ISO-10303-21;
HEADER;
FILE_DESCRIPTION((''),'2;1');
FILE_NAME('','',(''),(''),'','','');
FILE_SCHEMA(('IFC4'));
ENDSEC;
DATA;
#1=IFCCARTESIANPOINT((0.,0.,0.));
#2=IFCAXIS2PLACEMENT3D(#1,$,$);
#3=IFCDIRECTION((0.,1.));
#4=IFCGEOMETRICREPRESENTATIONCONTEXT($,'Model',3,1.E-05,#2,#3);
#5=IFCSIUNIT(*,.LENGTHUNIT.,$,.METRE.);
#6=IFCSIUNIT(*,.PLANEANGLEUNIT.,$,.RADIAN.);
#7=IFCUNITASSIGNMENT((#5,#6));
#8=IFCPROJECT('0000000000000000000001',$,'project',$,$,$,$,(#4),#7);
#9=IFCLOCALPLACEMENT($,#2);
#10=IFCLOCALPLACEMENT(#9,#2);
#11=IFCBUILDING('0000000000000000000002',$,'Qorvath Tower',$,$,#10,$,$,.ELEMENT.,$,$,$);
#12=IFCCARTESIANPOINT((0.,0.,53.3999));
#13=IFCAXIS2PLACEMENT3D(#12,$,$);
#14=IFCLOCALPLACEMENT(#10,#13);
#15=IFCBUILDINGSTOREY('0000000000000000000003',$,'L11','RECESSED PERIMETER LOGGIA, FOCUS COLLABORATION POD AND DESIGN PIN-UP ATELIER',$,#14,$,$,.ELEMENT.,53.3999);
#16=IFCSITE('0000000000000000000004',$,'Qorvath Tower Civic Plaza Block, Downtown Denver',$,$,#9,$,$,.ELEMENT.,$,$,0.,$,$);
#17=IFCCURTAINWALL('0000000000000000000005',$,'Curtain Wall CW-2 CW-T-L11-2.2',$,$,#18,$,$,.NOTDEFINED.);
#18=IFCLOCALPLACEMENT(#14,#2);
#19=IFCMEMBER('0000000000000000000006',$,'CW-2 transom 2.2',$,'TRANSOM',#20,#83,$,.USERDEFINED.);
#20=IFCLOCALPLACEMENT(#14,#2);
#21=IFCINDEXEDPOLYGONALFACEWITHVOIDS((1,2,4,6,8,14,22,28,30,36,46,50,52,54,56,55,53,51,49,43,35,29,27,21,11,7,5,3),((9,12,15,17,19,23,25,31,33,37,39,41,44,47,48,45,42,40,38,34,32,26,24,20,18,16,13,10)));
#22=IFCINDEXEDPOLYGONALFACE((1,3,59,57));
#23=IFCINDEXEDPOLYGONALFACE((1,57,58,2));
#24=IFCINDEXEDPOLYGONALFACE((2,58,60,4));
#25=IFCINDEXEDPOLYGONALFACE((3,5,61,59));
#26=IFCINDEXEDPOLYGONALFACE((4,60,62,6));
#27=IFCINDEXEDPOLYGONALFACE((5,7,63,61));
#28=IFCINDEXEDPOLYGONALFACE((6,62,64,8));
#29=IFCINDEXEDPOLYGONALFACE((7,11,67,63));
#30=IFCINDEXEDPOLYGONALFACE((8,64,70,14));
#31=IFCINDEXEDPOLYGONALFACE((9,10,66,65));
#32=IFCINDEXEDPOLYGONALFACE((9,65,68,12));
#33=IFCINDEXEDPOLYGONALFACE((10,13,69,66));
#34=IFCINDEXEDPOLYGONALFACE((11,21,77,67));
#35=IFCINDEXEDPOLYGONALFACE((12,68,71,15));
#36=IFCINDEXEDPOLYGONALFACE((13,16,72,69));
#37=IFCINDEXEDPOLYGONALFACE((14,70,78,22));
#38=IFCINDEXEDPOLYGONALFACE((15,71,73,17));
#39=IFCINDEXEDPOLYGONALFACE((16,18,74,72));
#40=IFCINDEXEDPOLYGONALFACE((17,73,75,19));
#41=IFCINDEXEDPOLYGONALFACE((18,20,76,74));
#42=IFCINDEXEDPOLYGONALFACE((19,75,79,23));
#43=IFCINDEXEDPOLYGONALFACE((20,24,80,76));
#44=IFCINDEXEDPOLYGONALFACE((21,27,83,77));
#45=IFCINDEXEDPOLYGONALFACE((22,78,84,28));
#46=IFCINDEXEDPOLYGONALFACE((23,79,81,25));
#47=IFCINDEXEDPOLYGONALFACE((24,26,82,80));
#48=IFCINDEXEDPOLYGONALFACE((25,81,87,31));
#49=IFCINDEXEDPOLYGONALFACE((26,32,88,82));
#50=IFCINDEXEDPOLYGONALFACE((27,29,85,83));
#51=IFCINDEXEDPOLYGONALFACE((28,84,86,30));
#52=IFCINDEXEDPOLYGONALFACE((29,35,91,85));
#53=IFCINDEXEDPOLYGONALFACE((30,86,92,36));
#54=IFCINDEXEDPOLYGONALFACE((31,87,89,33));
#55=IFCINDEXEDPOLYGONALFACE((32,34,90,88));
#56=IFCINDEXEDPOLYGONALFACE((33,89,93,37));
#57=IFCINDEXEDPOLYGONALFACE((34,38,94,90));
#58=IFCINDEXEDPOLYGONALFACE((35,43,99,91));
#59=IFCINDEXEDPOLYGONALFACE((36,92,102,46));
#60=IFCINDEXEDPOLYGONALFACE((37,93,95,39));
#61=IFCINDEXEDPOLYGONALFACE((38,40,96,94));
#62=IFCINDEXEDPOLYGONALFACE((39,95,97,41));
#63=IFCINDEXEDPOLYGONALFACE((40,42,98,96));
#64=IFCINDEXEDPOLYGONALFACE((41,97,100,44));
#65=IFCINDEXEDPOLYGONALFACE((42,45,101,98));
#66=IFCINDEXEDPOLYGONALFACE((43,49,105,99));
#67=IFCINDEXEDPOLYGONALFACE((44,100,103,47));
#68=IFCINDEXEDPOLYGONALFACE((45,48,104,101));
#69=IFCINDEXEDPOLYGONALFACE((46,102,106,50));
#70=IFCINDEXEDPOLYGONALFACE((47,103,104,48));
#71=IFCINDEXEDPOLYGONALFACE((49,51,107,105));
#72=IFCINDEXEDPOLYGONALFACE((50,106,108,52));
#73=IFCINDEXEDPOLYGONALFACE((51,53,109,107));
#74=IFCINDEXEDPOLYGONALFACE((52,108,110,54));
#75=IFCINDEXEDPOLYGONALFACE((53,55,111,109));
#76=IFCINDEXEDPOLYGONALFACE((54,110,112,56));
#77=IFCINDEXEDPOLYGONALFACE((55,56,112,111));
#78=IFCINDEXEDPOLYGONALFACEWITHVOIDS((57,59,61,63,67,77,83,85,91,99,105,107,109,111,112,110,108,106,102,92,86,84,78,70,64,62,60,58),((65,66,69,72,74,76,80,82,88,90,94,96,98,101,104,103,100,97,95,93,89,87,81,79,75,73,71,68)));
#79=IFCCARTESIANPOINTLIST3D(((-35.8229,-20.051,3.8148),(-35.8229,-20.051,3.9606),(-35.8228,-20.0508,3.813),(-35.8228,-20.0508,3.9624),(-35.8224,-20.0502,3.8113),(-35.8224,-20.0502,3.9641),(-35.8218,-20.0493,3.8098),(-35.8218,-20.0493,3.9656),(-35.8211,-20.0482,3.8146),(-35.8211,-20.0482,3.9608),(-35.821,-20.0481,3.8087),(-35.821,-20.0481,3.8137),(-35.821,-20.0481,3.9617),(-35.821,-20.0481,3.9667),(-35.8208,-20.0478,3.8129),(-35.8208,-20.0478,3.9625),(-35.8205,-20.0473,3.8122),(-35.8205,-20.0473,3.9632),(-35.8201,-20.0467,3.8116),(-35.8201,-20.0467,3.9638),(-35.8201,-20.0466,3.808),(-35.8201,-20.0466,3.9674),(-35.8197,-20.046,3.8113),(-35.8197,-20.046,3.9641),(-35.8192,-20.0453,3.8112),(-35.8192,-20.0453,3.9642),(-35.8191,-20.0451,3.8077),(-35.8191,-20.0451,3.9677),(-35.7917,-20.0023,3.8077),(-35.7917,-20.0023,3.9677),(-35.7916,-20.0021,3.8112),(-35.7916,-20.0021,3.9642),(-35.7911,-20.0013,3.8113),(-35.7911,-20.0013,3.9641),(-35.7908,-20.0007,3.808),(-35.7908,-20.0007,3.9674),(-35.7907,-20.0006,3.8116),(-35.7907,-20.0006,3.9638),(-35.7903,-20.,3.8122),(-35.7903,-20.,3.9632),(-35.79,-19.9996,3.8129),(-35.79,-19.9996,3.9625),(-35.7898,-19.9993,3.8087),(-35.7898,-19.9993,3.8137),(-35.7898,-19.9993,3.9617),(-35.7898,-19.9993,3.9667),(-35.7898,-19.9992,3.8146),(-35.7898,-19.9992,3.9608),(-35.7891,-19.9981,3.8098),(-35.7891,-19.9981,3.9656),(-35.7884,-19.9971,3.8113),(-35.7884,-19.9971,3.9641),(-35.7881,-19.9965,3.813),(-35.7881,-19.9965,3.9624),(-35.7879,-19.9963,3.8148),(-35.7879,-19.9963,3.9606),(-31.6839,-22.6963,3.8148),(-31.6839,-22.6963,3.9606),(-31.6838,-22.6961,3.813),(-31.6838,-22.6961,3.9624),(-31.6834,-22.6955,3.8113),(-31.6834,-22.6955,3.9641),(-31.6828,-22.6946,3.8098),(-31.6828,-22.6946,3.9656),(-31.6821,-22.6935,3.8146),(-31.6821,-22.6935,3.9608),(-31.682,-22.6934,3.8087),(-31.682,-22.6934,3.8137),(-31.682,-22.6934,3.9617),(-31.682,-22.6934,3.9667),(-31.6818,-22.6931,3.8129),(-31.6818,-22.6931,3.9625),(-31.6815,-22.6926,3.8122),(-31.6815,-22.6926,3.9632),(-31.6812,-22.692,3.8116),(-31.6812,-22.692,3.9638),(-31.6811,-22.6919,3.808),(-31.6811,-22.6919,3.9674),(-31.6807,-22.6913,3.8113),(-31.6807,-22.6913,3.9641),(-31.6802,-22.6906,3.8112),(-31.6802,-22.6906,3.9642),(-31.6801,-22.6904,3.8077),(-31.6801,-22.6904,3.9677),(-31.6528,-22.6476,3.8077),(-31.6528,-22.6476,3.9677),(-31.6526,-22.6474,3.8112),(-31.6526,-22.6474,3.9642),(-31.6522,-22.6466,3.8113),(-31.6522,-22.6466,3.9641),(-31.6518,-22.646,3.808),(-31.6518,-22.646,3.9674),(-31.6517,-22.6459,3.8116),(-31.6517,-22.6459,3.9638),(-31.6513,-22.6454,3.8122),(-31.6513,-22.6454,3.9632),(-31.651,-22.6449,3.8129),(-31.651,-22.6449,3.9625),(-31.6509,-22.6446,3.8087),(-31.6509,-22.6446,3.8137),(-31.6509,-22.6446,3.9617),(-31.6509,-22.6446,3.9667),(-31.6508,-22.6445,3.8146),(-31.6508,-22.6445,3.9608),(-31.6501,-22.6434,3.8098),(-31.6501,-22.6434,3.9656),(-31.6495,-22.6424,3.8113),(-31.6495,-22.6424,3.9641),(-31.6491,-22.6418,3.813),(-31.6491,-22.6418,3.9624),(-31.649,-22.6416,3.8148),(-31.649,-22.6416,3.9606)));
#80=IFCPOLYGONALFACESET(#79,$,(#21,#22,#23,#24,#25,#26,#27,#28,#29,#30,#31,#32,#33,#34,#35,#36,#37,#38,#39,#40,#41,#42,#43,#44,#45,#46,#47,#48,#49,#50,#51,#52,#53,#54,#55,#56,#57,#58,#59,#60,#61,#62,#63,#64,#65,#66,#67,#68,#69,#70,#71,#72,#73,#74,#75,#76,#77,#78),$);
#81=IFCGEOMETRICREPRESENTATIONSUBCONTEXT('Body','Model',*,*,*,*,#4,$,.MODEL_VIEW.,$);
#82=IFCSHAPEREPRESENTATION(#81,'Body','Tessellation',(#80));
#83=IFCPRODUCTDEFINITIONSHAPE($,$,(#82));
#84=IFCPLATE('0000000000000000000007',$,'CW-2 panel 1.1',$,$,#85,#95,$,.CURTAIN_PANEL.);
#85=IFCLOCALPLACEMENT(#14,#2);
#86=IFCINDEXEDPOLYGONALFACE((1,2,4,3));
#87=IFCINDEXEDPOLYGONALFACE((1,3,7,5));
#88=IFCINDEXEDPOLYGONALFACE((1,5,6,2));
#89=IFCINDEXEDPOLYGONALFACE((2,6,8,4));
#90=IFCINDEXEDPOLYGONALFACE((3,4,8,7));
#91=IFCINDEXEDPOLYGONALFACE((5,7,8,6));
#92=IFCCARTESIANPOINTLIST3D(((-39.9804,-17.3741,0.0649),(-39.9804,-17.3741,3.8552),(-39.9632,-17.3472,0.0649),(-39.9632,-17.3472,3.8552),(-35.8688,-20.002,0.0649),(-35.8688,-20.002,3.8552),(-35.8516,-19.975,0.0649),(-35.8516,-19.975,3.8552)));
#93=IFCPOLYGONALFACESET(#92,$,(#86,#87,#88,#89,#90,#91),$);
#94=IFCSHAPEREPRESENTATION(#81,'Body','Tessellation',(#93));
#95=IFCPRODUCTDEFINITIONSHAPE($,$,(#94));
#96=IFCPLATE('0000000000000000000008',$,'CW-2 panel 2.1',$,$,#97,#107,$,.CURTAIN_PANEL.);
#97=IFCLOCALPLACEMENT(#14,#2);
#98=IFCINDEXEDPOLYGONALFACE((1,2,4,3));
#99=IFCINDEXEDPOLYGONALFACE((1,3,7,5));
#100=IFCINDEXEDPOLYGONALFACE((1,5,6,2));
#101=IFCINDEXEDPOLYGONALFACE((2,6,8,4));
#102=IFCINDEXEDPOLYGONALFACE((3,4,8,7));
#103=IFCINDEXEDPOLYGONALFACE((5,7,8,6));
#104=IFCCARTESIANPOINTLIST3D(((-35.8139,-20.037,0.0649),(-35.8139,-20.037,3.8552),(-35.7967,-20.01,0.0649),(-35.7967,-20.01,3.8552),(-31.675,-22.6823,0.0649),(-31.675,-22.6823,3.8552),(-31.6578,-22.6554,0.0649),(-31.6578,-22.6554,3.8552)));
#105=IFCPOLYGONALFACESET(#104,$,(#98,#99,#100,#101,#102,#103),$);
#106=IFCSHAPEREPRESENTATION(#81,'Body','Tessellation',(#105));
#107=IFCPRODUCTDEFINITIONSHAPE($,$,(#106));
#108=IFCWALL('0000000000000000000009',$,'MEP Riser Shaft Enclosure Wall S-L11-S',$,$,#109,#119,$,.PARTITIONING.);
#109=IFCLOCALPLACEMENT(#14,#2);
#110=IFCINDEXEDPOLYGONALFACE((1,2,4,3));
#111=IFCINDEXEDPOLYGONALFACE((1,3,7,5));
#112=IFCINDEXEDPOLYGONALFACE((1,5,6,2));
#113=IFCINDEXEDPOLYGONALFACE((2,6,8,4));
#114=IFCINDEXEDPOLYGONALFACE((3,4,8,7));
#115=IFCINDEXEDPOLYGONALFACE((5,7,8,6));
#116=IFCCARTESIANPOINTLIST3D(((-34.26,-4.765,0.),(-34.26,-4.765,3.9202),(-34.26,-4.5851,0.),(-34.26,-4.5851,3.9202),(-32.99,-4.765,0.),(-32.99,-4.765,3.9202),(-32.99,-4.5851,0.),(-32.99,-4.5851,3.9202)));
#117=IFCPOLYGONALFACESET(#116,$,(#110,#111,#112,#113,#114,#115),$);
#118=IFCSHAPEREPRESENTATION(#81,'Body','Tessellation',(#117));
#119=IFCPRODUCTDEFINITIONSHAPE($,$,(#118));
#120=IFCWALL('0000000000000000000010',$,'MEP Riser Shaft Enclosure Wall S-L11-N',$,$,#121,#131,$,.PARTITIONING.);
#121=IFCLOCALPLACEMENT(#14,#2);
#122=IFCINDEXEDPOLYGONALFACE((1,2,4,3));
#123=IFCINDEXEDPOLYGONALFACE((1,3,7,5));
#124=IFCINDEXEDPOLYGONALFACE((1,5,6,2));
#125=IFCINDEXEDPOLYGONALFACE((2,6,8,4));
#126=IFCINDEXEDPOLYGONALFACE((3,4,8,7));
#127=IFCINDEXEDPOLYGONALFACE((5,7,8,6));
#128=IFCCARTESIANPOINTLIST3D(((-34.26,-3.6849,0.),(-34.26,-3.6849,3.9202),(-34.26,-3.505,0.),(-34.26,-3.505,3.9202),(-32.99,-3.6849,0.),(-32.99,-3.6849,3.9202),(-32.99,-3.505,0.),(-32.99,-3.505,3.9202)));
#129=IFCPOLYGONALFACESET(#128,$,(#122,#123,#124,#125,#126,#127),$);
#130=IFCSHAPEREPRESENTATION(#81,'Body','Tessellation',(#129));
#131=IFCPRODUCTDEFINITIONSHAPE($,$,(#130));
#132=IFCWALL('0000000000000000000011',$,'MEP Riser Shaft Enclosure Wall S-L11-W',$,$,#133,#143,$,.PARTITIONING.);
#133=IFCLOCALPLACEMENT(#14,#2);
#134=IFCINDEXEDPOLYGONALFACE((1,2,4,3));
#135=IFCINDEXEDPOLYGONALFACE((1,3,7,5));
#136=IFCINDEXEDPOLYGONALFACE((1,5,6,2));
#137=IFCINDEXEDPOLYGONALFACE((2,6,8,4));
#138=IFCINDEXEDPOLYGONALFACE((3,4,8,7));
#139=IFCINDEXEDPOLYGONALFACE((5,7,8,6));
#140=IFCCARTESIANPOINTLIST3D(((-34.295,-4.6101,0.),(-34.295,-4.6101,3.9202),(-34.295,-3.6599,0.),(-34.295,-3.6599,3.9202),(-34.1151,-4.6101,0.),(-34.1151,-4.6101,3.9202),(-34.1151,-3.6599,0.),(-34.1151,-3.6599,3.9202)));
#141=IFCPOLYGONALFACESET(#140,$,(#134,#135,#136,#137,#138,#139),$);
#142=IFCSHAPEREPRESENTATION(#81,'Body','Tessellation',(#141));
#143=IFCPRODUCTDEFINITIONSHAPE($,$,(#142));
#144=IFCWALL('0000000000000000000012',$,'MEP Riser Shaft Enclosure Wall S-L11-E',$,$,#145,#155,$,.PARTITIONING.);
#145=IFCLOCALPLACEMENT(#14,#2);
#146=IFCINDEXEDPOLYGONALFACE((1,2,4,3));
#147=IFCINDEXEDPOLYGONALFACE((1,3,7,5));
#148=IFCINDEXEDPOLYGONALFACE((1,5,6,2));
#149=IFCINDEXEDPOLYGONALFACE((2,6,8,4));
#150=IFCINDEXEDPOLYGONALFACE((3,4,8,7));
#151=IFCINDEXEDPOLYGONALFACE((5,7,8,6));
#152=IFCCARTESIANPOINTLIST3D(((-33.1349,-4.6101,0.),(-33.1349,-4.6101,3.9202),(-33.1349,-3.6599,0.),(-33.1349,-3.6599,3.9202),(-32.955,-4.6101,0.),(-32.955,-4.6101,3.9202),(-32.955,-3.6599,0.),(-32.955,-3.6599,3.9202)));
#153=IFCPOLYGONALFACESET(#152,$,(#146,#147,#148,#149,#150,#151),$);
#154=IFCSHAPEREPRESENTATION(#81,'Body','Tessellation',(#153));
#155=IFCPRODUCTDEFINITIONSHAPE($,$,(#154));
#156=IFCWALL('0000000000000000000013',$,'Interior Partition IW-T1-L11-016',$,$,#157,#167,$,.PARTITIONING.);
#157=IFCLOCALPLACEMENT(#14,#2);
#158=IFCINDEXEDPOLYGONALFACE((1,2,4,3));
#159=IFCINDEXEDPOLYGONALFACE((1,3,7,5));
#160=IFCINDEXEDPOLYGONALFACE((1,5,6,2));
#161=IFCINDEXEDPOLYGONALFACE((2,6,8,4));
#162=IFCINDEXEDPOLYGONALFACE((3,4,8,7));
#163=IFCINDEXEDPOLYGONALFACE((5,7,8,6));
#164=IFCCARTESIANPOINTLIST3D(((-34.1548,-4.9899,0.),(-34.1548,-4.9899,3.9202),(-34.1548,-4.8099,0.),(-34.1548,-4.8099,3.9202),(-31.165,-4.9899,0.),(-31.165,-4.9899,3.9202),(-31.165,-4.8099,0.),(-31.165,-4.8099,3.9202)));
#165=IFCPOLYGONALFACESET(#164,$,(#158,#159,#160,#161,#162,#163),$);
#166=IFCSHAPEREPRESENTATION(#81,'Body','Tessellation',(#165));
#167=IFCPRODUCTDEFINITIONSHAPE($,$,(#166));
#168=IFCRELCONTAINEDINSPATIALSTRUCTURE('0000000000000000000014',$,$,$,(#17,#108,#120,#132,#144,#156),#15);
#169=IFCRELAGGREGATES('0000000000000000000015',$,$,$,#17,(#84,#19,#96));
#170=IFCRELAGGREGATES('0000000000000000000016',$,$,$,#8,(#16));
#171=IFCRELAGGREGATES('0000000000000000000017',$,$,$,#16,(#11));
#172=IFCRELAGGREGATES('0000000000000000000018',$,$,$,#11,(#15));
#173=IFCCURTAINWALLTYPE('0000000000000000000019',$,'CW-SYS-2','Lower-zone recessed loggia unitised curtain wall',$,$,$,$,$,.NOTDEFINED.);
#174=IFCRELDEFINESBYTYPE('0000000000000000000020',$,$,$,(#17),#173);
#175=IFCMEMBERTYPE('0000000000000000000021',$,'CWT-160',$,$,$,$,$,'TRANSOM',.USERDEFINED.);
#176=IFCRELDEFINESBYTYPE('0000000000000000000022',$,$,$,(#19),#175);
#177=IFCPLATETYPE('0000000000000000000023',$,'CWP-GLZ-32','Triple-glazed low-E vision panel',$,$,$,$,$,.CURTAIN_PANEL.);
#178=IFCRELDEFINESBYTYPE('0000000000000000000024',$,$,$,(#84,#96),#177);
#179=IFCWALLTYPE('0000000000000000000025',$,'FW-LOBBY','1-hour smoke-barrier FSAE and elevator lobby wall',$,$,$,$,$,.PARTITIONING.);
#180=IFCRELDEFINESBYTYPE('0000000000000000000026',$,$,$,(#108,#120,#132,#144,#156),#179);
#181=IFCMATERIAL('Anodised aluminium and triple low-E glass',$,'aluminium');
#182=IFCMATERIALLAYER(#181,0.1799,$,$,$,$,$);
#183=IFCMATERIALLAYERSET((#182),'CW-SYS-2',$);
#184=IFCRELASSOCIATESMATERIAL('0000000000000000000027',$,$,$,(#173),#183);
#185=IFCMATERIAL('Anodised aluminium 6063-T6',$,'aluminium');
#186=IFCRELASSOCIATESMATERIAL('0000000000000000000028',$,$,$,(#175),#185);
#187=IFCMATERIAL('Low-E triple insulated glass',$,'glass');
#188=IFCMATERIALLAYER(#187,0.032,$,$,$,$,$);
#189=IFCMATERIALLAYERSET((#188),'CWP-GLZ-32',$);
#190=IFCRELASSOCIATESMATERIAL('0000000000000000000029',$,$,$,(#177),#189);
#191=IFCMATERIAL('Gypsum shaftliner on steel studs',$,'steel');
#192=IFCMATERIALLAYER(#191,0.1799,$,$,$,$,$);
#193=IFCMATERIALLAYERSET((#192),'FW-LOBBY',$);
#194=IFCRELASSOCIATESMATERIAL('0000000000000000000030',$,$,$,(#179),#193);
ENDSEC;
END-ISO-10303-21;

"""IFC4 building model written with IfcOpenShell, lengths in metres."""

from ifc_helpers import new_model, si_unit, direction, frame, frame_2d, origin, origin_2d, place, context, subcontext, project, spatial, rectangle, hollow_rectangle, extrude, material, layer, layer_set, material_profile, profile_set, type_object, element, aggregate, save


model = new_model("IFC4")

# Units and contexts
model_context = context("Model", 3, precision=1e-05, world=origin(), true_north=direction((0.0, 1.0)))
body_context = subcontext(model_context, "Body", "Model", "MODEL_VIEW")
ifc_project = project(units=[si_unit("LENGTHUNIT", "METRE"), si_unit("PLANEANGLEUNIT", "RADIAN")], contexts=[model_context])

# Site, building, storey
site_placement = place(None, origin())
site = spatial("IfcSite", under=ifc_project, at=site_placement, Name="Qorvath Tower Civic Plaza Block, Downtown Denver", CompositionType="ELEMENT", RefElevation=0.0)
building_placement = place(site_placement, origin())
building = spatial("IfcBuilding", under=site, at=building_placement, Name="Qorvath Tower", CompositionType="ELEMENT")
storey_placement = place(building_placement, frame((0.0, 0.0, 53.3999)))
storey = spatial("IfcBuildingStorey", under=building, at=storey_placement, Name="L11", Description="RECESSED PERIMETER LOGGIA, FOCUS COLLABORATION POD AND DESIGN PIN-UP ATELIER", CompositionType="ELEMENT", Elevation=53.3999)

# Curtain wall, member, plates
ifc_material_1 = material(Name="Anodised aluminium and triple low-E glass", Category="aluminium")
ifc_layer_1 = layer(ifc_material_1, 0.1799)
ifc_layer_set_1 = layer_set([ifc_layer_1], Name="CW-SYS-2")
curtain_wall_type = type_object("IfcCurtainWallType", Name="CW-SYS-2", Description="Lower-zone recessed loggia unitised curtain wall", PredefinedType="NOTDEFINED", material=ifc_layer_set_1)
curtain_wall_placement = place(storey_placement, origin())
curtain_wall = element("IfcCurtainWall", 1, at=curtain_wall_placement, inside=storey, type_object=curtain_wall_type, Name="Curtain Wall CW-2 CW-T-L11-2.2", PredefinedType="NOTDEFINED")
ifc_material_2 = material(Name="Anodised aluminium 6063-T6", Category="aluminium")
ifc_material_profile_1 = material_profile(ifc_material_2, hollow_rectangle(XDim=0.0649, YDim=0.1599, WallThickness=0.0034, InnerFilletRadius=0.0034, OuterFilletRadius=0.0071, at=origin_2d()), Name="CWT 160x65")
ifc_profile_set_1 = profile_set([ifc_material_profile_1], Name="Anodised aluminium 6063-T6")
member_type_1 = type_object("IfcMemberType", Name="CWT-160", ElementType="TRANSOM", PredefinedType="USERDEFINED", material=ifc_profile_set_1)
member_1_placement = place(storey_placement, frame((-35.8054, -20.0237, 3.8877), z_axis=(0.842608, -0.538528, 0.0), x_axis=(0.538528, 0.842608, 0.0)))
member_1 = element("IfcMember", 2, at=member_1_placement, type_object=member_type_1, Name="CW-2 transom 2.2", ObjectType="TRANSOM", PredefinedType="USERDEFINED", context=body_context, shape_type="SweptSolid", body=[
    extrude(hollow_rectangle(XDim=0.0649, YDim=0.1599, WallThickness=0.0034, InnerFilletRadius=0.0034, OuterFilletRadius=0.0071, at=origin_2d()), origin(), (0.0, 0.0, 1.0), 4.9121),
])
ifc_material_3 = material(Name="Low-E triple insulated glass", Category="glass")
ifc_layer_2 = layer(ifc_material_3, 0.032)
ifc_layer_set_2 = layer_set([ifc_layer_2], Name="CWP-GLZ-32")
plate_type = type_object("IfcPlateType", Name="CWP-GLZ-32", Description="Triple-glazed low-E vision panel", PredefinedType="CURTAIN_PANEL", material=ifc_layer_set_2)
plate_1_placement = place(storey_placement, frame((-37.916, -18.6746, 0.0649), z_axis=(0.0, 0.0, 1.0), x_axis=(0.842602, -0.538537, 0.0)))
plate_1 = element("IfcPlate", 3, at=plate_1_placement, type_object=plate_type, Name="CW-2 panel 1.1", PredefinedType="CURTAIN_PANEL", context=body_context, shape_type="SweptSolid", body=[
    extrude(rectangle(XDim=4.8796, YDim=0.032, at=origin_2d()), origin(), (0.0, 0.0, 1.0), 3.7903),
])
plate_2_placement = place(storey_placement, frame((-33.7358, -21.3462, 0.0649), z_axis=(0.0, 0.0, 1.0), x_axis=(0.842602, -0.538537, 0.0)))
plate_2 = element("IfcPlate", 4, at=plate_2_placement, type_object=plate_type, Name="CW-2 panel 2.1", PredefinedType="CURTAIN_PANEL", context=body_context, shape_type="SweptSolid", body=[
    extrude(rectangle(XDim=4.9121, YDim=0.032, at=origin_2d()), origin(), (0.0, 0.0, 1.0), 3.7903),
])
aggregate(curtain_wall, [plate_1, member_1, plate_2])

# Walls
ifc_material_4 = material(Name="Gypsum shaftliner on steel studs", Category="steel")
ifc_layer_3 = layer(ifc_material_4, 0.1799)
ifc_layer_set_3 = layer_set([ifc_layer_3], Name="FW-LOBBY")
wall_type_1 = type_object("IfcWallType", Name="FW-LOBBY", Description="1-hour smoke-barrier FSAE and elevator lobby wall", PredefinedType="PARTITIONING", material=ifc_layer_set_3)
for number, where, z_axis, x_axis, name in (
    (5, (-32.99, -4.675, 0.0), (0.0, 0.0, 1.0), (-1.0, 0.0, 0.0), "MEP Riser Shaft Enclosure Wall S-L11-S"),
    (6, (-34.26, -3.595, 0.0), (0.0, 0.0, 1.0), (1.0, 0.0, 0.0), "MEP Riser Shaft Enclosure Wall S-L11-N"),
):
    element("IfcWall", number, at=place(storey_placement, frame(where, z_axis=z_axis, x_axis=x_axis)), inside=storey, type_object=wall_type_1, Name=name, PredefinedType="PARTITIONING", context=body_context, shape_type="SweptSolid", body=[
        extrude(rectangle(XDim=1.27, YDim=0.1799, at=frame_2d((0.635, 0.0))), origin(), (0.0, 0.0, 1.0), 3.9202),
    ])
for number, where, z_axis, x_axis, name in (
    (7, (-34.2051, -4.6101, 0.0), (0.0, 0.0, 1.0), (0.0, 1.0, 0.0), "MEP Riser Shaft Enclosure Wall S-L11-W"),
    (8, (-33.0449, -3.6599, 0.0), (0.0, 0.0, 1.0), (0.0, -1.0, 0.0), "MEP Riser Shaft Enclosure Wall S-L11-E"),
):
    element("IfcWall", number, at=place(storey_placement, frame(where, z_axis=z_axis, x_axis=x_axis)), inside=storey, type_object=wall_type_1, Name=name, PredefinedType="PARTITIONING", context=body_context, shape_type="SweptSolid", body=[
        extrude(rectangle(XDim=0.9502, YDim=0.1799, at=frame_2d((0.4751, 0.0))), origin(), (0.0, 0.0, 1.0), 3.9202),
    ])
wall_1_placement = place(storey_placement, frame((-34.1548, -4.8999, 0.0), z_axis=(0.0, 0.0, 1.0), x_axis=(1.0, 0.0, 0.0)))
element("IfcWall", 9, at=wall_1_placement, inside=storey, type_object=wall_type_1, Name="Interior Partition IW-T1-L11-016", PredefinedType="PARTITIONING", context=body_context, shape_type="SweptSolid", body=[
    extrude(rectangle(XDim=2.9897, YDim=0.1799, at=frame_2d((1.4949, 0.0))), origin(), (0.0, 0.0, 1.0), 3.9202),
])

save(model, "model.ifc")
